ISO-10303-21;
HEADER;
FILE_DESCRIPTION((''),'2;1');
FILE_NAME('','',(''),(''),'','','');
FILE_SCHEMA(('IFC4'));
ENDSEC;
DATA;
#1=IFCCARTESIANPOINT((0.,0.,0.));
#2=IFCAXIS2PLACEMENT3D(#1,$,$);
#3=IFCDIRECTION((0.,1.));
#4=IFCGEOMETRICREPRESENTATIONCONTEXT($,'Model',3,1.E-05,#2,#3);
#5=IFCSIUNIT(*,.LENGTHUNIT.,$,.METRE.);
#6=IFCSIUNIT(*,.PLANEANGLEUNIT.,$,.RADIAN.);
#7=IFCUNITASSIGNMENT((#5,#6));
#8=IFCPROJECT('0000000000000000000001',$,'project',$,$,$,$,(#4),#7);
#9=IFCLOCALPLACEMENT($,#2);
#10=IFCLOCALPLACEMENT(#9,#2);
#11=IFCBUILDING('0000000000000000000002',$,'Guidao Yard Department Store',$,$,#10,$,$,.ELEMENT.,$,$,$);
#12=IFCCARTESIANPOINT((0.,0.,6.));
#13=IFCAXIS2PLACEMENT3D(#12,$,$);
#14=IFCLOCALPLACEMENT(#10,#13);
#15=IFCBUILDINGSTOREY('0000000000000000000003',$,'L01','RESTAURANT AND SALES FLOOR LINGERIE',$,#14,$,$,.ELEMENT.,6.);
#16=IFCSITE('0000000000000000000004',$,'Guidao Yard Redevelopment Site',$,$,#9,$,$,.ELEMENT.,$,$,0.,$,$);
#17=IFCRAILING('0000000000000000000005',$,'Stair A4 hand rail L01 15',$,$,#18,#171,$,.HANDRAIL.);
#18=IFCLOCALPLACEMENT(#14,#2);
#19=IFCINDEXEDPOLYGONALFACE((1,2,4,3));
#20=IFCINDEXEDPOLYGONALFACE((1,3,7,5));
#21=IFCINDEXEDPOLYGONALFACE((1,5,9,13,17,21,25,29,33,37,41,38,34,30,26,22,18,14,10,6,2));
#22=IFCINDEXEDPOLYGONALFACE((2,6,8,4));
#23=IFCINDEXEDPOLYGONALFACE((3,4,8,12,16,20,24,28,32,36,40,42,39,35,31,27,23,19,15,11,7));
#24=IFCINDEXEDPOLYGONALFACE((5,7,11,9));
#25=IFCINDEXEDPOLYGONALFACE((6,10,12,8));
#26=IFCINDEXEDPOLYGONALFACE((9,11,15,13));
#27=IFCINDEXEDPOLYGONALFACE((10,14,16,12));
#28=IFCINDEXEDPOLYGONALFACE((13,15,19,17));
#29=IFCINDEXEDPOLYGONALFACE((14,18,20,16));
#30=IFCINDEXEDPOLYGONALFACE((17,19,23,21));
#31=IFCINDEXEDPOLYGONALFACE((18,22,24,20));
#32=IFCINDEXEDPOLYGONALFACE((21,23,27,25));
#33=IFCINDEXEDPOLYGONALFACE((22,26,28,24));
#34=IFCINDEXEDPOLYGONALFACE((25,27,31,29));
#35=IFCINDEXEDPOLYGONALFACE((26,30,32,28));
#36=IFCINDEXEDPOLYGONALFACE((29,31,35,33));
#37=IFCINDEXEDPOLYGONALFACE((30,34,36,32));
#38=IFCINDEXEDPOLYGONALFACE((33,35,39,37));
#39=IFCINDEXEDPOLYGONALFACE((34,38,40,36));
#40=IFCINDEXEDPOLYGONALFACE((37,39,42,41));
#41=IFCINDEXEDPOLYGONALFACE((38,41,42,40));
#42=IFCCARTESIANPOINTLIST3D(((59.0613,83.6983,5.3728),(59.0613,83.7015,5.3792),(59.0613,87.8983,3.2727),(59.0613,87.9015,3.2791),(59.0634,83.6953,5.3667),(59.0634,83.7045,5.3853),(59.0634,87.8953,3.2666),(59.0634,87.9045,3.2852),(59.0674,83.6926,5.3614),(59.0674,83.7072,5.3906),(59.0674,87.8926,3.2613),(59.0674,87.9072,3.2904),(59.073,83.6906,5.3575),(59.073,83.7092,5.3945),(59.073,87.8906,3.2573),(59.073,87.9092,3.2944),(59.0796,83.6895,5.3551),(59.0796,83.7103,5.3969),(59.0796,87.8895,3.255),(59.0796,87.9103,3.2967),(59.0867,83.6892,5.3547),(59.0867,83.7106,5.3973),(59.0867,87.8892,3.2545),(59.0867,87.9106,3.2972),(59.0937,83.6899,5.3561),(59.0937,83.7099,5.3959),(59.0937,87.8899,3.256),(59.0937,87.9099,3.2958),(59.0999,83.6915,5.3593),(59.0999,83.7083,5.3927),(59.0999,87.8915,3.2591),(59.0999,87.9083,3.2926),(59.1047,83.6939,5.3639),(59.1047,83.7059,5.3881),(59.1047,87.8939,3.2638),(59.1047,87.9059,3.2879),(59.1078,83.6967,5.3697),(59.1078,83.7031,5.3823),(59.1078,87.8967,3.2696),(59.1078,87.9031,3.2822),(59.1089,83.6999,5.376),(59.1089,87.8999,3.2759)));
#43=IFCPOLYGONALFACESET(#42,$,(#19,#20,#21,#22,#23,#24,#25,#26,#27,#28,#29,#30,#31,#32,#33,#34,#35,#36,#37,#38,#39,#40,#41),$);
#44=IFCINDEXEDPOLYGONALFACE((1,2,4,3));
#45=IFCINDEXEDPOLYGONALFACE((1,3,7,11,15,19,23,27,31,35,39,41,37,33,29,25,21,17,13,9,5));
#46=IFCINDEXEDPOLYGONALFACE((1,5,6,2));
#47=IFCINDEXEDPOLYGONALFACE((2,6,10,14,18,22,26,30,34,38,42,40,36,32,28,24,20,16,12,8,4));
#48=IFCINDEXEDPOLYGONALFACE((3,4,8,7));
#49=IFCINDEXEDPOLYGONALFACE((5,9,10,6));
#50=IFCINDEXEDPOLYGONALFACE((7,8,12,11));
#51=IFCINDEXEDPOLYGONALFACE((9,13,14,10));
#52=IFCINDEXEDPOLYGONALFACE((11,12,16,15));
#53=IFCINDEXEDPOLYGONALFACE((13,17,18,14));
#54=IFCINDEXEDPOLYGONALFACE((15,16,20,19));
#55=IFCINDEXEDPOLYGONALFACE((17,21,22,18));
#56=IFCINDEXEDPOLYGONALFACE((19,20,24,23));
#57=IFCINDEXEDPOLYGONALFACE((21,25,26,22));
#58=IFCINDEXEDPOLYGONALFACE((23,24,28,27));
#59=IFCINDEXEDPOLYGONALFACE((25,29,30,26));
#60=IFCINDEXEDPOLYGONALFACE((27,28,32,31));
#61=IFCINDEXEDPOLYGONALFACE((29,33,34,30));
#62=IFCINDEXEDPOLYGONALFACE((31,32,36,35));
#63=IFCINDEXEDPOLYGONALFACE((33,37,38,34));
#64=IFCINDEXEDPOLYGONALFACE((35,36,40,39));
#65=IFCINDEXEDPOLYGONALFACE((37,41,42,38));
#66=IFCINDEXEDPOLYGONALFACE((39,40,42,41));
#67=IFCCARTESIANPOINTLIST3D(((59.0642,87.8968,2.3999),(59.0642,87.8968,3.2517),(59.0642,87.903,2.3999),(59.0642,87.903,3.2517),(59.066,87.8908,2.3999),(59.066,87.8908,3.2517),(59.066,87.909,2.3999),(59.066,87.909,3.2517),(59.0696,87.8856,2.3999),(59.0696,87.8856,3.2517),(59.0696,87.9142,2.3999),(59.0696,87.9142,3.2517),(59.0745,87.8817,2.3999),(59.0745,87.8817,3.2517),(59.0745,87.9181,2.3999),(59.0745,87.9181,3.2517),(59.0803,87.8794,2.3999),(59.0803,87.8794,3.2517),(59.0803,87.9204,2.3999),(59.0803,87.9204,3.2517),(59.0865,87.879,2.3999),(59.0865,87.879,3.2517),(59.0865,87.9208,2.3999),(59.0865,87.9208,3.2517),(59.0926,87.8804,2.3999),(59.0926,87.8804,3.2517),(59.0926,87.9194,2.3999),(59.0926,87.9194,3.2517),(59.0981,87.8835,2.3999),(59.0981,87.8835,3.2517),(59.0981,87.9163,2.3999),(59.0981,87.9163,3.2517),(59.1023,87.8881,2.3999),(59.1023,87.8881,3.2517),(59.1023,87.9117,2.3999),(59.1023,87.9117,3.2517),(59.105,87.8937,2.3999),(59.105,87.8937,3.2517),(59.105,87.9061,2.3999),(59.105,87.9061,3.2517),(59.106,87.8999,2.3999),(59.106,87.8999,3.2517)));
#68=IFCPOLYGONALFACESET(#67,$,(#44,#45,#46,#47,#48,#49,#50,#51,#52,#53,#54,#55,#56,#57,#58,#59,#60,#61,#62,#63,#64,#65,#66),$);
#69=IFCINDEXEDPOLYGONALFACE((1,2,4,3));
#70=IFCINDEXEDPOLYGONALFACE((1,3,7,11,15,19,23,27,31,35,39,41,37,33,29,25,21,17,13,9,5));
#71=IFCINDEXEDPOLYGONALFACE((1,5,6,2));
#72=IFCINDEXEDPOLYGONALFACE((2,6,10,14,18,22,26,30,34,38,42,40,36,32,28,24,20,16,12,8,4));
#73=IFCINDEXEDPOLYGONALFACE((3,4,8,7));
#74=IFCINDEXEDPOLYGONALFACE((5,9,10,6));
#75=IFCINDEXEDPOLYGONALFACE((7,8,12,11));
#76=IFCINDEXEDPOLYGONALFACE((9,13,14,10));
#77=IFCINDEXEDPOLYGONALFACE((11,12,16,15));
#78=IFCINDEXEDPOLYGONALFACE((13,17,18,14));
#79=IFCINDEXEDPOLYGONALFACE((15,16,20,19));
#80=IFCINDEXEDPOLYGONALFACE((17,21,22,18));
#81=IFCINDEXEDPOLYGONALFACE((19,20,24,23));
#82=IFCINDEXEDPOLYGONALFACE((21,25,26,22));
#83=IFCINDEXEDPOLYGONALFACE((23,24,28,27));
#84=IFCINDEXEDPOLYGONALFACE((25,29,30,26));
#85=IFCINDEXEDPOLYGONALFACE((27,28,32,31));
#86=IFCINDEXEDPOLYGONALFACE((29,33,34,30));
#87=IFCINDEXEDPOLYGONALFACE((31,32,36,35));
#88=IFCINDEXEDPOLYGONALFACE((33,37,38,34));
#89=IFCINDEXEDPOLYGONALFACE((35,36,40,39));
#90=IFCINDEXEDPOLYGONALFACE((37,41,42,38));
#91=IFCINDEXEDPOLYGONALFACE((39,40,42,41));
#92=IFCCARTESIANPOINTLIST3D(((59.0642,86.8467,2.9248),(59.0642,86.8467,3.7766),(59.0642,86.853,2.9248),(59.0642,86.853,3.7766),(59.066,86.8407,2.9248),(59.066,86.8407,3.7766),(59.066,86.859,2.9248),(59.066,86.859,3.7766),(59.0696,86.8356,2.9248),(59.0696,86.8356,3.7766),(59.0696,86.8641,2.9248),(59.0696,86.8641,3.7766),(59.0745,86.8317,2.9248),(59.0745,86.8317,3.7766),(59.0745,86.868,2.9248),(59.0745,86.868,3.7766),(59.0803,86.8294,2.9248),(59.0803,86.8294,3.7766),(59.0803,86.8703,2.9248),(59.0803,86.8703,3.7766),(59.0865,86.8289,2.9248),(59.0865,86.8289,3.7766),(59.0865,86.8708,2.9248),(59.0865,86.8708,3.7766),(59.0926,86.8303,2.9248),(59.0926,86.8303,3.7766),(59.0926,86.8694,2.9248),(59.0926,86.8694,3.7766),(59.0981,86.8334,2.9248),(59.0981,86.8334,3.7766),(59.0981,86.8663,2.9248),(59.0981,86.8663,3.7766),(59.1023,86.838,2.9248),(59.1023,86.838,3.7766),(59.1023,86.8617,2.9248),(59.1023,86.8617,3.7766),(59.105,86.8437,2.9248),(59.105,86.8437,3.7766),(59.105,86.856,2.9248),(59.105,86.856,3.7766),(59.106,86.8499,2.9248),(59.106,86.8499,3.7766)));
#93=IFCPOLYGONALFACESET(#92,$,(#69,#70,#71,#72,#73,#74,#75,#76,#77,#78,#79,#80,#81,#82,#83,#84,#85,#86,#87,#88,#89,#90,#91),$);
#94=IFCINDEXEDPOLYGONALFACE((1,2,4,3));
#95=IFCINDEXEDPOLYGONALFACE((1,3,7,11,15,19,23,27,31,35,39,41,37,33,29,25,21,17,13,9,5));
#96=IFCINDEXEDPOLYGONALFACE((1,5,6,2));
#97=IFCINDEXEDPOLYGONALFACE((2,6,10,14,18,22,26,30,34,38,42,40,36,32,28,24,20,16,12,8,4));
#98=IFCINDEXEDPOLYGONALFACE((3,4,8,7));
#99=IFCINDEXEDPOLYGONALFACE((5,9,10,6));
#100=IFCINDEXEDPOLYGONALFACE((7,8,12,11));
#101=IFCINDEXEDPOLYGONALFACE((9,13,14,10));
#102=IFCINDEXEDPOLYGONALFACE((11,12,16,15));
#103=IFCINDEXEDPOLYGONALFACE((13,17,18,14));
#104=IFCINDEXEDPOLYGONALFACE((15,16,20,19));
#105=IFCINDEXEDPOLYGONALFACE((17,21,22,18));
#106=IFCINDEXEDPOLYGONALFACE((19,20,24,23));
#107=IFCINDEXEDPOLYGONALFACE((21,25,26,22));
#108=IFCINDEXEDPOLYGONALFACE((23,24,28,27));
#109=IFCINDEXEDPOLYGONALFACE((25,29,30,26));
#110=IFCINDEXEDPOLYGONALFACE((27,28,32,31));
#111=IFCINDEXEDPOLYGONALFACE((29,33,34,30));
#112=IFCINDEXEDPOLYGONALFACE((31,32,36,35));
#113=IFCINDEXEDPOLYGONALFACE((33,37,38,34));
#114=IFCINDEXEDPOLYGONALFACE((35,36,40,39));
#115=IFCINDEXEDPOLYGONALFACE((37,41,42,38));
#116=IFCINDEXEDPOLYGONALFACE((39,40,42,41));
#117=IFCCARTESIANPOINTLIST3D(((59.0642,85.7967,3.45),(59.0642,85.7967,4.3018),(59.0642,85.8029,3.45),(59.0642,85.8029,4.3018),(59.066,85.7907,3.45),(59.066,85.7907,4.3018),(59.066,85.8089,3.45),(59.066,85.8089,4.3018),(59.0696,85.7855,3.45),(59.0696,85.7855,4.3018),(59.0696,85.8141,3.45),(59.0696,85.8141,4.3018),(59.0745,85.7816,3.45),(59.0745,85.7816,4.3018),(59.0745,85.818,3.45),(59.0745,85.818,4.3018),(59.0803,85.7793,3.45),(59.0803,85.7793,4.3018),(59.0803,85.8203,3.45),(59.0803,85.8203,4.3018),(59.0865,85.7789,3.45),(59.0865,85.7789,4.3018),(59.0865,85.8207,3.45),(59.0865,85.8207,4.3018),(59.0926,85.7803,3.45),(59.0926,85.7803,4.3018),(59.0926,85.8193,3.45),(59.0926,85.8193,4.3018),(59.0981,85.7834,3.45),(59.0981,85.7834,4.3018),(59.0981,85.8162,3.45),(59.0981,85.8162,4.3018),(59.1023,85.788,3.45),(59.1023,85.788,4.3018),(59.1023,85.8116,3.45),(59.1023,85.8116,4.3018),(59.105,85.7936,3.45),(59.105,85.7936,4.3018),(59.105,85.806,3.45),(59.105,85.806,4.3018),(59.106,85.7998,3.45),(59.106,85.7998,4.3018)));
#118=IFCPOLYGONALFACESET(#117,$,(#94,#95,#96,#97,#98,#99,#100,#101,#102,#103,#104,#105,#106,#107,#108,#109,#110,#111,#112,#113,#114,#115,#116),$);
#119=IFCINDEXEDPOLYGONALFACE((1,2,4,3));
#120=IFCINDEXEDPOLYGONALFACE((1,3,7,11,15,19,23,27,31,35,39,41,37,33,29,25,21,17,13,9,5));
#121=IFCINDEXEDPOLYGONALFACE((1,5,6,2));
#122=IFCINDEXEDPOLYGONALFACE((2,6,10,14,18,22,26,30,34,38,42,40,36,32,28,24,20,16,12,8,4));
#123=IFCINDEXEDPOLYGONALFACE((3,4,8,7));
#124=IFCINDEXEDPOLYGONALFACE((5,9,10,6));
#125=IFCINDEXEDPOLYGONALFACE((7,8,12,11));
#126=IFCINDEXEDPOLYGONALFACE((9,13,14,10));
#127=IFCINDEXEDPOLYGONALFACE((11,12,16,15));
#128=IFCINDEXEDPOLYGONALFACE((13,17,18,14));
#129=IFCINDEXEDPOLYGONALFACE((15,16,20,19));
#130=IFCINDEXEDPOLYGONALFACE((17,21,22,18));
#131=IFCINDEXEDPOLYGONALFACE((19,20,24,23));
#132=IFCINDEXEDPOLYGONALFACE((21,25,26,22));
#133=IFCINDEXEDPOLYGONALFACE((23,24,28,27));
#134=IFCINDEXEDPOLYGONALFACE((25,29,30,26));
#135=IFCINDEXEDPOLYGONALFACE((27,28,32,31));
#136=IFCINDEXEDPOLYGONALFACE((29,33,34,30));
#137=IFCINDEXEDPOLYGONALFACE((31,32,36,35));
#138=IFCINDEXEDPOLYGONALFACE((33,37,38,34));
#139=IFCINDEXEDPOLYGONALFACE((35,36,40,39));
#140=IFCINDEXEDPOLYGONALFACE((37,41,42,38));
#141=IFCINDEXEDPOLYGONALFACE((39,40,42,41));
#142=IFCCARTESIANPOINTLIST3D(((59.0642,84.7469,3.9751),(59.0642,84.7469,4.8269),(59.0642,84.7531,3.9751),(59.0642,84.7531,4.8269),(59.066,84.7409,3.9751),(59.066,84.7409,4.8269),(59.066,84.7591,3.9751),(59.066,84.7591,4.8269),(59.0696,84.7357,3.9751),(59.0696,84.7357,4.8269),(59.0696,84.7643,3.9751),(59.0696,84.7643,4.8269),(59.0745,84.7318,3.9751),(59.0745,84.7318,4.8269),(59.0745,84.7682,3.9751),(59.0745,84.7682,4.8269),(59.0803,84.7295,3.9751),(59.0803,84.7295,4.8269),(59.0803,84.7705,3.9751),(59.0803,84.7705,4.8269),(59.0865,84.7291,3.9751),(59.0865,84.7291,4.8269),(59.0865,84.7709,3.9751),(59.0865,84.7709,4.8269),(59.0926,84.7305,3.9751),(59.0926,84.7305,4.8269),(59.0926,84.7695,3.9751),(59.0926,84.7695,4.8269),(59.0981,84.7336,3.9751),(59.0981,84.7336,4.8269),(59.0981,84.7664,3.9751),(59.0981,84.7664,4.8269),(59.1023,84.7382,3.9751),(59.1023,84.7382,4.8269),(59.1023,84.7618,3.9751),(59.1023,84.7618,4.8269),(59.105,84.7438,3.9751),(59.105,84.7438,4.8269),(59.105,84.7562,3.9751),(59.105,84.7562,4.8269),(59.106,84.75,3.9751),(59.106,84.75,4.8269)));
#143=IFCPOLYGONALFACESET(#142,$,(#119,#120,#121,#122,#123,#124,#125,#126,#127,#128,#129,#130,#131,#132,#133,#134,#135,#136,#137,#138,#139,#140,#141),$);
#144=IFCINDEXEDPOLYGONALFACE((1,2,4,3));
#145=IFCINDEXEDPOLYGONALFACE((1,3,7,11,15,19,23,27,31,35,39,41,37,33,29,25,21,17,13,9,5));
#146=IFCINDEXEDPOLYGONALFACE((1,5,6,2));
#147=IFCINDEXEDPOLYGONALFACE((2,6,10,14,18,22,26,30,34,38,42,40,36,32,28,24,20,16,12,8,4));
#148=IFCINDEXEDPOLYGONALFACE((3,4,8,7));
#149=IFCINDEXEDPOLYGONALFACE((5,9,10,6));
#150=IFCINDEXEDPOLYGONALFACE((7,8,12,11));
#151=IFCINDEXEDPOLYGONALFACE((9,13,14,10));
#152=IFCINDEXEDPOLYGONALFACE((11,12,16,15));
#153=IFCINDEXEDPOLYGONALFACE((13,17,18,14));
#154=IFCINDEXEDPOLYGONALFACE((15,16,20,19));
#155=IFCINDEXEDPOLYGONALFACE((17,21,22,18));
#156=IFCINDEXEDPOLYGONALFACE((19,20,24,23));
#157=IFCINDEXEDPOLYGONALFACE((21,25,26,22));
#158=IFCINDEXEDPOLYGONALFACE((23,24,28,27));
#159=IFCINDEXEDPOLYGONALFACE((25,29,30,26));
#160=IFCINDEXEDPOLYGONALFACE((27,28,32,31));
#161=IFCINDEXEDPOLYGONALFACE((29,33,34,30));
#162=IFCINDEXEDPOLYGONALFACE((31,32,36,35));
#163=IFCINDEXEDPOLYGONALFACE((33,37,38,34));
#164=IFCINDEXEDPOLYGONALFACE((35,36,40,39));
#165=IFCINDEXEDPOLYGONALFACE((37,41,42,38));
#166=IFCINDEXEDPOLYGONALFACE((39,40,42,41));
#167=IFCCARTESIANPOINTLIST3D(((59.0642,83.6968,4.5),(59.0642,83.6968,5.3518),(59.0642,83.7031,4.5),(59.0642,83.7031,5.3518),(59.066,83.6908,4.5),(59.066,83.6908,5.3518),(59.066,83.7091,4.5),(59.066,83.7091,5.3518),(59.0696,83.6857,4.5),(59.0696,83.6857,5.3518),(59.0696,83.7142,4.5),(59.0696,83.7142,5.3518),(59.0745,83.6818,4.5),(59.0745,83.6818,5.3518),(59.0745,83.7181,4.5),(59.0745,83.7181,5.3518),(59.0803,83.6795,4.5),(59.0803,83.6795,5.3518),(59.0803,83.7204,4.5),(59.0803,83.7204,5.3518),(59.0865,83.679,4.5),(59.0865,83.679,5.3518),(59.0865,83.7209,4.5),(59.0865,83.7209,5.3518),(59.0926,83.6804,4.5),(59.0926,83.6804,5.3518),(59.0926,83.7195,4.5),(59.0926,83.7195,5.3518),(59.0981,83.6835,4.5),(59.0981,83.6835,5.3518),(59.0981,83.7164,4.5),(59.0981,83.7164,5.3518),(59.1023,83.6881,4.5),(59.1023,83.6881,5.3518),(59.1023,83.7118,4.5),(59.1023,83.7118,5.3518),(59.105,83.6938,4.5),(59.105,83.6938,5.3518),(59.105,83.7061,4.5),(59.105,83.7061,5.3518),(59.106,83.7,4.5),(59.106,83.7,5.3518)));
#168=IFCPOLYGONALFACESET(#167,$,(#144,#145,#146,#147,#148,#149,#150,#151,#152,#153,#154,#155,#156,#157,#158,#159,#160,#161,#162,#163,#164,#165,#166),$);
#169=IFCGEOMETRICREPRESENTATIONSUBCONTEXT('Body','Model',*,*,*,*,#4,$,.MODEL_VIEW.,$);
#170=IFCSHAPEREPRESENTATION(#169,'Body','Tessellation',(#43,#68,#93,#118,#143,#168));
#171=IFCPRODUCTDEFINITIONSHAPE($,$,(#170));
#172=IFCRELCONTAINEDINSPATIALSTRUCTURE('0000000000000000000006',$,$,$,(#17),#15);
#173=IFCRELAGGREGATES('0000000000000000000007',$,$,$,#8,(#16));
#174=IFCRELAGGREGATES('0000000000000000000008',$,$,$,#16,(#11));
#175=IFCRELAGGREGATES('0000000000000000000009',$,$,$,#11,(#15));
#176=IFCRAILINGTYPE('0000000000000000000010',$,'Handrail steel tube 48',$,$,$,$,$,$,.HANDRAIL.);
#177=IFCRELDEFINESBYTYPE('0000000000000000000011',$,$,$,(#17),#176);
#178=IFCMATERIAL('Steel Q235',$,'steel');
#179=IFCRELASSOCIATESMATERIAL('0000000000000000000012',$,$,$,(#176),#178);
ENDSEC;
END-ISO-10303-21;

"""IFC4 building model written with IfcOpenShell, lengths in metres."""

from ifc_helpers import new_model, si_unit, direction, frame, origin, origin_2d, place, context, subcontext, project, spatial, circle, extrude, material, type_object, element, save


model = new_model("IFC4")

# Units and contexts
model_context = context("Model", 3, precision=1e-05, world=origin(), true_north=direction((0.0, 1.0)))
body_context = subcontext(model_context, "Body", "Model", "MODEL_VIEW")
ifc_project = project(units=[si_unit("LENGTHUNIT", "METRE"), si_unit("PLANEANGLEUNIT", "RADIAN")], contexts=[model_context])

# Site, building, storey
site_placement = place(None, origin())
site = spatial("IfcSite", under=ifc_project, at=site_placement, Name="Guidao Yard Redevelopment Site", CompositionType="ELEMENT", RefElevation=0.0)
building_placement = place(site_placement, origin())
building = spatial("IfcBuilding", under=site, at=building_placement, Name="Guidao Yard Department Store", CompositionType="ELEMENT")
storey_placement = place(building_placement, frame((0.0, 0.0, 6.0)))
storey = spatial("IfcBuildingStorey", under=building, at=storey_placement, Name="L01", Description="RESTAURANT AND SALES FLOOR LINGERIE", CompositionType="ELEMENT", Elevation=6.0)

# Railing
ifc_material_1 = material(Name="Steel Q235", Category="steel")
railing_type_1 = type_object("IfcRailingType", Name="Handrail steel tube 48", PredefinedType="HANDRAIL", material=ifc_material_1)
for number, where, name in (
    (1, (59.085, 87.8999, 2.3999), "Stair A4 hand rail L01 15"),
):
    element("IfcRailing", number, at=place(storey_placement, frame(where)), inside=storey, type_object=railing_type_1, Name=name, PredefinedType="HANDRAIL", context=body_context, shape_type="SweptSolid", body=[
        extrude(circle(Radius=0.0239, at=origin_2d()), frame((0.0, 0.0, 0.876), z_axis=(0.0, -0.894417, 0.447234), x_axis=(1.0, 0.0, 0.0)), (0.0, 0.0, 1.0), 4.6958),
        extrude(circle(Radius=0.021, at=origin_2d()), origin(), (0.0, 0.0, 1.0), 0.8518),
        extrude(circle(Radius=0.021, at=origin_2d()), frame((0.0, -1.05, 0.5249)), (0.0, 0.0, 1.0), 0.8518),
        extrude(circle(Radius=0.021, at=origin_2d()), frame((0.0, -2.1001, 1.05)), (0.0, 0.0, 1.0), 0.8518),
        extrude(circle(Radius=0.021, at=origin_2d()), frame((0.0, -3.1499, 1.5752)), (0.0, 0.0, 1.0), 0.8518),
        extrude(circle(Radius=0.021, at=origin_2d()), frame((0.0, -4.2, 2.1001)), (0.0, 0.0, 1.0), 0.8518),
    ])

save(model, "model.ifc")
